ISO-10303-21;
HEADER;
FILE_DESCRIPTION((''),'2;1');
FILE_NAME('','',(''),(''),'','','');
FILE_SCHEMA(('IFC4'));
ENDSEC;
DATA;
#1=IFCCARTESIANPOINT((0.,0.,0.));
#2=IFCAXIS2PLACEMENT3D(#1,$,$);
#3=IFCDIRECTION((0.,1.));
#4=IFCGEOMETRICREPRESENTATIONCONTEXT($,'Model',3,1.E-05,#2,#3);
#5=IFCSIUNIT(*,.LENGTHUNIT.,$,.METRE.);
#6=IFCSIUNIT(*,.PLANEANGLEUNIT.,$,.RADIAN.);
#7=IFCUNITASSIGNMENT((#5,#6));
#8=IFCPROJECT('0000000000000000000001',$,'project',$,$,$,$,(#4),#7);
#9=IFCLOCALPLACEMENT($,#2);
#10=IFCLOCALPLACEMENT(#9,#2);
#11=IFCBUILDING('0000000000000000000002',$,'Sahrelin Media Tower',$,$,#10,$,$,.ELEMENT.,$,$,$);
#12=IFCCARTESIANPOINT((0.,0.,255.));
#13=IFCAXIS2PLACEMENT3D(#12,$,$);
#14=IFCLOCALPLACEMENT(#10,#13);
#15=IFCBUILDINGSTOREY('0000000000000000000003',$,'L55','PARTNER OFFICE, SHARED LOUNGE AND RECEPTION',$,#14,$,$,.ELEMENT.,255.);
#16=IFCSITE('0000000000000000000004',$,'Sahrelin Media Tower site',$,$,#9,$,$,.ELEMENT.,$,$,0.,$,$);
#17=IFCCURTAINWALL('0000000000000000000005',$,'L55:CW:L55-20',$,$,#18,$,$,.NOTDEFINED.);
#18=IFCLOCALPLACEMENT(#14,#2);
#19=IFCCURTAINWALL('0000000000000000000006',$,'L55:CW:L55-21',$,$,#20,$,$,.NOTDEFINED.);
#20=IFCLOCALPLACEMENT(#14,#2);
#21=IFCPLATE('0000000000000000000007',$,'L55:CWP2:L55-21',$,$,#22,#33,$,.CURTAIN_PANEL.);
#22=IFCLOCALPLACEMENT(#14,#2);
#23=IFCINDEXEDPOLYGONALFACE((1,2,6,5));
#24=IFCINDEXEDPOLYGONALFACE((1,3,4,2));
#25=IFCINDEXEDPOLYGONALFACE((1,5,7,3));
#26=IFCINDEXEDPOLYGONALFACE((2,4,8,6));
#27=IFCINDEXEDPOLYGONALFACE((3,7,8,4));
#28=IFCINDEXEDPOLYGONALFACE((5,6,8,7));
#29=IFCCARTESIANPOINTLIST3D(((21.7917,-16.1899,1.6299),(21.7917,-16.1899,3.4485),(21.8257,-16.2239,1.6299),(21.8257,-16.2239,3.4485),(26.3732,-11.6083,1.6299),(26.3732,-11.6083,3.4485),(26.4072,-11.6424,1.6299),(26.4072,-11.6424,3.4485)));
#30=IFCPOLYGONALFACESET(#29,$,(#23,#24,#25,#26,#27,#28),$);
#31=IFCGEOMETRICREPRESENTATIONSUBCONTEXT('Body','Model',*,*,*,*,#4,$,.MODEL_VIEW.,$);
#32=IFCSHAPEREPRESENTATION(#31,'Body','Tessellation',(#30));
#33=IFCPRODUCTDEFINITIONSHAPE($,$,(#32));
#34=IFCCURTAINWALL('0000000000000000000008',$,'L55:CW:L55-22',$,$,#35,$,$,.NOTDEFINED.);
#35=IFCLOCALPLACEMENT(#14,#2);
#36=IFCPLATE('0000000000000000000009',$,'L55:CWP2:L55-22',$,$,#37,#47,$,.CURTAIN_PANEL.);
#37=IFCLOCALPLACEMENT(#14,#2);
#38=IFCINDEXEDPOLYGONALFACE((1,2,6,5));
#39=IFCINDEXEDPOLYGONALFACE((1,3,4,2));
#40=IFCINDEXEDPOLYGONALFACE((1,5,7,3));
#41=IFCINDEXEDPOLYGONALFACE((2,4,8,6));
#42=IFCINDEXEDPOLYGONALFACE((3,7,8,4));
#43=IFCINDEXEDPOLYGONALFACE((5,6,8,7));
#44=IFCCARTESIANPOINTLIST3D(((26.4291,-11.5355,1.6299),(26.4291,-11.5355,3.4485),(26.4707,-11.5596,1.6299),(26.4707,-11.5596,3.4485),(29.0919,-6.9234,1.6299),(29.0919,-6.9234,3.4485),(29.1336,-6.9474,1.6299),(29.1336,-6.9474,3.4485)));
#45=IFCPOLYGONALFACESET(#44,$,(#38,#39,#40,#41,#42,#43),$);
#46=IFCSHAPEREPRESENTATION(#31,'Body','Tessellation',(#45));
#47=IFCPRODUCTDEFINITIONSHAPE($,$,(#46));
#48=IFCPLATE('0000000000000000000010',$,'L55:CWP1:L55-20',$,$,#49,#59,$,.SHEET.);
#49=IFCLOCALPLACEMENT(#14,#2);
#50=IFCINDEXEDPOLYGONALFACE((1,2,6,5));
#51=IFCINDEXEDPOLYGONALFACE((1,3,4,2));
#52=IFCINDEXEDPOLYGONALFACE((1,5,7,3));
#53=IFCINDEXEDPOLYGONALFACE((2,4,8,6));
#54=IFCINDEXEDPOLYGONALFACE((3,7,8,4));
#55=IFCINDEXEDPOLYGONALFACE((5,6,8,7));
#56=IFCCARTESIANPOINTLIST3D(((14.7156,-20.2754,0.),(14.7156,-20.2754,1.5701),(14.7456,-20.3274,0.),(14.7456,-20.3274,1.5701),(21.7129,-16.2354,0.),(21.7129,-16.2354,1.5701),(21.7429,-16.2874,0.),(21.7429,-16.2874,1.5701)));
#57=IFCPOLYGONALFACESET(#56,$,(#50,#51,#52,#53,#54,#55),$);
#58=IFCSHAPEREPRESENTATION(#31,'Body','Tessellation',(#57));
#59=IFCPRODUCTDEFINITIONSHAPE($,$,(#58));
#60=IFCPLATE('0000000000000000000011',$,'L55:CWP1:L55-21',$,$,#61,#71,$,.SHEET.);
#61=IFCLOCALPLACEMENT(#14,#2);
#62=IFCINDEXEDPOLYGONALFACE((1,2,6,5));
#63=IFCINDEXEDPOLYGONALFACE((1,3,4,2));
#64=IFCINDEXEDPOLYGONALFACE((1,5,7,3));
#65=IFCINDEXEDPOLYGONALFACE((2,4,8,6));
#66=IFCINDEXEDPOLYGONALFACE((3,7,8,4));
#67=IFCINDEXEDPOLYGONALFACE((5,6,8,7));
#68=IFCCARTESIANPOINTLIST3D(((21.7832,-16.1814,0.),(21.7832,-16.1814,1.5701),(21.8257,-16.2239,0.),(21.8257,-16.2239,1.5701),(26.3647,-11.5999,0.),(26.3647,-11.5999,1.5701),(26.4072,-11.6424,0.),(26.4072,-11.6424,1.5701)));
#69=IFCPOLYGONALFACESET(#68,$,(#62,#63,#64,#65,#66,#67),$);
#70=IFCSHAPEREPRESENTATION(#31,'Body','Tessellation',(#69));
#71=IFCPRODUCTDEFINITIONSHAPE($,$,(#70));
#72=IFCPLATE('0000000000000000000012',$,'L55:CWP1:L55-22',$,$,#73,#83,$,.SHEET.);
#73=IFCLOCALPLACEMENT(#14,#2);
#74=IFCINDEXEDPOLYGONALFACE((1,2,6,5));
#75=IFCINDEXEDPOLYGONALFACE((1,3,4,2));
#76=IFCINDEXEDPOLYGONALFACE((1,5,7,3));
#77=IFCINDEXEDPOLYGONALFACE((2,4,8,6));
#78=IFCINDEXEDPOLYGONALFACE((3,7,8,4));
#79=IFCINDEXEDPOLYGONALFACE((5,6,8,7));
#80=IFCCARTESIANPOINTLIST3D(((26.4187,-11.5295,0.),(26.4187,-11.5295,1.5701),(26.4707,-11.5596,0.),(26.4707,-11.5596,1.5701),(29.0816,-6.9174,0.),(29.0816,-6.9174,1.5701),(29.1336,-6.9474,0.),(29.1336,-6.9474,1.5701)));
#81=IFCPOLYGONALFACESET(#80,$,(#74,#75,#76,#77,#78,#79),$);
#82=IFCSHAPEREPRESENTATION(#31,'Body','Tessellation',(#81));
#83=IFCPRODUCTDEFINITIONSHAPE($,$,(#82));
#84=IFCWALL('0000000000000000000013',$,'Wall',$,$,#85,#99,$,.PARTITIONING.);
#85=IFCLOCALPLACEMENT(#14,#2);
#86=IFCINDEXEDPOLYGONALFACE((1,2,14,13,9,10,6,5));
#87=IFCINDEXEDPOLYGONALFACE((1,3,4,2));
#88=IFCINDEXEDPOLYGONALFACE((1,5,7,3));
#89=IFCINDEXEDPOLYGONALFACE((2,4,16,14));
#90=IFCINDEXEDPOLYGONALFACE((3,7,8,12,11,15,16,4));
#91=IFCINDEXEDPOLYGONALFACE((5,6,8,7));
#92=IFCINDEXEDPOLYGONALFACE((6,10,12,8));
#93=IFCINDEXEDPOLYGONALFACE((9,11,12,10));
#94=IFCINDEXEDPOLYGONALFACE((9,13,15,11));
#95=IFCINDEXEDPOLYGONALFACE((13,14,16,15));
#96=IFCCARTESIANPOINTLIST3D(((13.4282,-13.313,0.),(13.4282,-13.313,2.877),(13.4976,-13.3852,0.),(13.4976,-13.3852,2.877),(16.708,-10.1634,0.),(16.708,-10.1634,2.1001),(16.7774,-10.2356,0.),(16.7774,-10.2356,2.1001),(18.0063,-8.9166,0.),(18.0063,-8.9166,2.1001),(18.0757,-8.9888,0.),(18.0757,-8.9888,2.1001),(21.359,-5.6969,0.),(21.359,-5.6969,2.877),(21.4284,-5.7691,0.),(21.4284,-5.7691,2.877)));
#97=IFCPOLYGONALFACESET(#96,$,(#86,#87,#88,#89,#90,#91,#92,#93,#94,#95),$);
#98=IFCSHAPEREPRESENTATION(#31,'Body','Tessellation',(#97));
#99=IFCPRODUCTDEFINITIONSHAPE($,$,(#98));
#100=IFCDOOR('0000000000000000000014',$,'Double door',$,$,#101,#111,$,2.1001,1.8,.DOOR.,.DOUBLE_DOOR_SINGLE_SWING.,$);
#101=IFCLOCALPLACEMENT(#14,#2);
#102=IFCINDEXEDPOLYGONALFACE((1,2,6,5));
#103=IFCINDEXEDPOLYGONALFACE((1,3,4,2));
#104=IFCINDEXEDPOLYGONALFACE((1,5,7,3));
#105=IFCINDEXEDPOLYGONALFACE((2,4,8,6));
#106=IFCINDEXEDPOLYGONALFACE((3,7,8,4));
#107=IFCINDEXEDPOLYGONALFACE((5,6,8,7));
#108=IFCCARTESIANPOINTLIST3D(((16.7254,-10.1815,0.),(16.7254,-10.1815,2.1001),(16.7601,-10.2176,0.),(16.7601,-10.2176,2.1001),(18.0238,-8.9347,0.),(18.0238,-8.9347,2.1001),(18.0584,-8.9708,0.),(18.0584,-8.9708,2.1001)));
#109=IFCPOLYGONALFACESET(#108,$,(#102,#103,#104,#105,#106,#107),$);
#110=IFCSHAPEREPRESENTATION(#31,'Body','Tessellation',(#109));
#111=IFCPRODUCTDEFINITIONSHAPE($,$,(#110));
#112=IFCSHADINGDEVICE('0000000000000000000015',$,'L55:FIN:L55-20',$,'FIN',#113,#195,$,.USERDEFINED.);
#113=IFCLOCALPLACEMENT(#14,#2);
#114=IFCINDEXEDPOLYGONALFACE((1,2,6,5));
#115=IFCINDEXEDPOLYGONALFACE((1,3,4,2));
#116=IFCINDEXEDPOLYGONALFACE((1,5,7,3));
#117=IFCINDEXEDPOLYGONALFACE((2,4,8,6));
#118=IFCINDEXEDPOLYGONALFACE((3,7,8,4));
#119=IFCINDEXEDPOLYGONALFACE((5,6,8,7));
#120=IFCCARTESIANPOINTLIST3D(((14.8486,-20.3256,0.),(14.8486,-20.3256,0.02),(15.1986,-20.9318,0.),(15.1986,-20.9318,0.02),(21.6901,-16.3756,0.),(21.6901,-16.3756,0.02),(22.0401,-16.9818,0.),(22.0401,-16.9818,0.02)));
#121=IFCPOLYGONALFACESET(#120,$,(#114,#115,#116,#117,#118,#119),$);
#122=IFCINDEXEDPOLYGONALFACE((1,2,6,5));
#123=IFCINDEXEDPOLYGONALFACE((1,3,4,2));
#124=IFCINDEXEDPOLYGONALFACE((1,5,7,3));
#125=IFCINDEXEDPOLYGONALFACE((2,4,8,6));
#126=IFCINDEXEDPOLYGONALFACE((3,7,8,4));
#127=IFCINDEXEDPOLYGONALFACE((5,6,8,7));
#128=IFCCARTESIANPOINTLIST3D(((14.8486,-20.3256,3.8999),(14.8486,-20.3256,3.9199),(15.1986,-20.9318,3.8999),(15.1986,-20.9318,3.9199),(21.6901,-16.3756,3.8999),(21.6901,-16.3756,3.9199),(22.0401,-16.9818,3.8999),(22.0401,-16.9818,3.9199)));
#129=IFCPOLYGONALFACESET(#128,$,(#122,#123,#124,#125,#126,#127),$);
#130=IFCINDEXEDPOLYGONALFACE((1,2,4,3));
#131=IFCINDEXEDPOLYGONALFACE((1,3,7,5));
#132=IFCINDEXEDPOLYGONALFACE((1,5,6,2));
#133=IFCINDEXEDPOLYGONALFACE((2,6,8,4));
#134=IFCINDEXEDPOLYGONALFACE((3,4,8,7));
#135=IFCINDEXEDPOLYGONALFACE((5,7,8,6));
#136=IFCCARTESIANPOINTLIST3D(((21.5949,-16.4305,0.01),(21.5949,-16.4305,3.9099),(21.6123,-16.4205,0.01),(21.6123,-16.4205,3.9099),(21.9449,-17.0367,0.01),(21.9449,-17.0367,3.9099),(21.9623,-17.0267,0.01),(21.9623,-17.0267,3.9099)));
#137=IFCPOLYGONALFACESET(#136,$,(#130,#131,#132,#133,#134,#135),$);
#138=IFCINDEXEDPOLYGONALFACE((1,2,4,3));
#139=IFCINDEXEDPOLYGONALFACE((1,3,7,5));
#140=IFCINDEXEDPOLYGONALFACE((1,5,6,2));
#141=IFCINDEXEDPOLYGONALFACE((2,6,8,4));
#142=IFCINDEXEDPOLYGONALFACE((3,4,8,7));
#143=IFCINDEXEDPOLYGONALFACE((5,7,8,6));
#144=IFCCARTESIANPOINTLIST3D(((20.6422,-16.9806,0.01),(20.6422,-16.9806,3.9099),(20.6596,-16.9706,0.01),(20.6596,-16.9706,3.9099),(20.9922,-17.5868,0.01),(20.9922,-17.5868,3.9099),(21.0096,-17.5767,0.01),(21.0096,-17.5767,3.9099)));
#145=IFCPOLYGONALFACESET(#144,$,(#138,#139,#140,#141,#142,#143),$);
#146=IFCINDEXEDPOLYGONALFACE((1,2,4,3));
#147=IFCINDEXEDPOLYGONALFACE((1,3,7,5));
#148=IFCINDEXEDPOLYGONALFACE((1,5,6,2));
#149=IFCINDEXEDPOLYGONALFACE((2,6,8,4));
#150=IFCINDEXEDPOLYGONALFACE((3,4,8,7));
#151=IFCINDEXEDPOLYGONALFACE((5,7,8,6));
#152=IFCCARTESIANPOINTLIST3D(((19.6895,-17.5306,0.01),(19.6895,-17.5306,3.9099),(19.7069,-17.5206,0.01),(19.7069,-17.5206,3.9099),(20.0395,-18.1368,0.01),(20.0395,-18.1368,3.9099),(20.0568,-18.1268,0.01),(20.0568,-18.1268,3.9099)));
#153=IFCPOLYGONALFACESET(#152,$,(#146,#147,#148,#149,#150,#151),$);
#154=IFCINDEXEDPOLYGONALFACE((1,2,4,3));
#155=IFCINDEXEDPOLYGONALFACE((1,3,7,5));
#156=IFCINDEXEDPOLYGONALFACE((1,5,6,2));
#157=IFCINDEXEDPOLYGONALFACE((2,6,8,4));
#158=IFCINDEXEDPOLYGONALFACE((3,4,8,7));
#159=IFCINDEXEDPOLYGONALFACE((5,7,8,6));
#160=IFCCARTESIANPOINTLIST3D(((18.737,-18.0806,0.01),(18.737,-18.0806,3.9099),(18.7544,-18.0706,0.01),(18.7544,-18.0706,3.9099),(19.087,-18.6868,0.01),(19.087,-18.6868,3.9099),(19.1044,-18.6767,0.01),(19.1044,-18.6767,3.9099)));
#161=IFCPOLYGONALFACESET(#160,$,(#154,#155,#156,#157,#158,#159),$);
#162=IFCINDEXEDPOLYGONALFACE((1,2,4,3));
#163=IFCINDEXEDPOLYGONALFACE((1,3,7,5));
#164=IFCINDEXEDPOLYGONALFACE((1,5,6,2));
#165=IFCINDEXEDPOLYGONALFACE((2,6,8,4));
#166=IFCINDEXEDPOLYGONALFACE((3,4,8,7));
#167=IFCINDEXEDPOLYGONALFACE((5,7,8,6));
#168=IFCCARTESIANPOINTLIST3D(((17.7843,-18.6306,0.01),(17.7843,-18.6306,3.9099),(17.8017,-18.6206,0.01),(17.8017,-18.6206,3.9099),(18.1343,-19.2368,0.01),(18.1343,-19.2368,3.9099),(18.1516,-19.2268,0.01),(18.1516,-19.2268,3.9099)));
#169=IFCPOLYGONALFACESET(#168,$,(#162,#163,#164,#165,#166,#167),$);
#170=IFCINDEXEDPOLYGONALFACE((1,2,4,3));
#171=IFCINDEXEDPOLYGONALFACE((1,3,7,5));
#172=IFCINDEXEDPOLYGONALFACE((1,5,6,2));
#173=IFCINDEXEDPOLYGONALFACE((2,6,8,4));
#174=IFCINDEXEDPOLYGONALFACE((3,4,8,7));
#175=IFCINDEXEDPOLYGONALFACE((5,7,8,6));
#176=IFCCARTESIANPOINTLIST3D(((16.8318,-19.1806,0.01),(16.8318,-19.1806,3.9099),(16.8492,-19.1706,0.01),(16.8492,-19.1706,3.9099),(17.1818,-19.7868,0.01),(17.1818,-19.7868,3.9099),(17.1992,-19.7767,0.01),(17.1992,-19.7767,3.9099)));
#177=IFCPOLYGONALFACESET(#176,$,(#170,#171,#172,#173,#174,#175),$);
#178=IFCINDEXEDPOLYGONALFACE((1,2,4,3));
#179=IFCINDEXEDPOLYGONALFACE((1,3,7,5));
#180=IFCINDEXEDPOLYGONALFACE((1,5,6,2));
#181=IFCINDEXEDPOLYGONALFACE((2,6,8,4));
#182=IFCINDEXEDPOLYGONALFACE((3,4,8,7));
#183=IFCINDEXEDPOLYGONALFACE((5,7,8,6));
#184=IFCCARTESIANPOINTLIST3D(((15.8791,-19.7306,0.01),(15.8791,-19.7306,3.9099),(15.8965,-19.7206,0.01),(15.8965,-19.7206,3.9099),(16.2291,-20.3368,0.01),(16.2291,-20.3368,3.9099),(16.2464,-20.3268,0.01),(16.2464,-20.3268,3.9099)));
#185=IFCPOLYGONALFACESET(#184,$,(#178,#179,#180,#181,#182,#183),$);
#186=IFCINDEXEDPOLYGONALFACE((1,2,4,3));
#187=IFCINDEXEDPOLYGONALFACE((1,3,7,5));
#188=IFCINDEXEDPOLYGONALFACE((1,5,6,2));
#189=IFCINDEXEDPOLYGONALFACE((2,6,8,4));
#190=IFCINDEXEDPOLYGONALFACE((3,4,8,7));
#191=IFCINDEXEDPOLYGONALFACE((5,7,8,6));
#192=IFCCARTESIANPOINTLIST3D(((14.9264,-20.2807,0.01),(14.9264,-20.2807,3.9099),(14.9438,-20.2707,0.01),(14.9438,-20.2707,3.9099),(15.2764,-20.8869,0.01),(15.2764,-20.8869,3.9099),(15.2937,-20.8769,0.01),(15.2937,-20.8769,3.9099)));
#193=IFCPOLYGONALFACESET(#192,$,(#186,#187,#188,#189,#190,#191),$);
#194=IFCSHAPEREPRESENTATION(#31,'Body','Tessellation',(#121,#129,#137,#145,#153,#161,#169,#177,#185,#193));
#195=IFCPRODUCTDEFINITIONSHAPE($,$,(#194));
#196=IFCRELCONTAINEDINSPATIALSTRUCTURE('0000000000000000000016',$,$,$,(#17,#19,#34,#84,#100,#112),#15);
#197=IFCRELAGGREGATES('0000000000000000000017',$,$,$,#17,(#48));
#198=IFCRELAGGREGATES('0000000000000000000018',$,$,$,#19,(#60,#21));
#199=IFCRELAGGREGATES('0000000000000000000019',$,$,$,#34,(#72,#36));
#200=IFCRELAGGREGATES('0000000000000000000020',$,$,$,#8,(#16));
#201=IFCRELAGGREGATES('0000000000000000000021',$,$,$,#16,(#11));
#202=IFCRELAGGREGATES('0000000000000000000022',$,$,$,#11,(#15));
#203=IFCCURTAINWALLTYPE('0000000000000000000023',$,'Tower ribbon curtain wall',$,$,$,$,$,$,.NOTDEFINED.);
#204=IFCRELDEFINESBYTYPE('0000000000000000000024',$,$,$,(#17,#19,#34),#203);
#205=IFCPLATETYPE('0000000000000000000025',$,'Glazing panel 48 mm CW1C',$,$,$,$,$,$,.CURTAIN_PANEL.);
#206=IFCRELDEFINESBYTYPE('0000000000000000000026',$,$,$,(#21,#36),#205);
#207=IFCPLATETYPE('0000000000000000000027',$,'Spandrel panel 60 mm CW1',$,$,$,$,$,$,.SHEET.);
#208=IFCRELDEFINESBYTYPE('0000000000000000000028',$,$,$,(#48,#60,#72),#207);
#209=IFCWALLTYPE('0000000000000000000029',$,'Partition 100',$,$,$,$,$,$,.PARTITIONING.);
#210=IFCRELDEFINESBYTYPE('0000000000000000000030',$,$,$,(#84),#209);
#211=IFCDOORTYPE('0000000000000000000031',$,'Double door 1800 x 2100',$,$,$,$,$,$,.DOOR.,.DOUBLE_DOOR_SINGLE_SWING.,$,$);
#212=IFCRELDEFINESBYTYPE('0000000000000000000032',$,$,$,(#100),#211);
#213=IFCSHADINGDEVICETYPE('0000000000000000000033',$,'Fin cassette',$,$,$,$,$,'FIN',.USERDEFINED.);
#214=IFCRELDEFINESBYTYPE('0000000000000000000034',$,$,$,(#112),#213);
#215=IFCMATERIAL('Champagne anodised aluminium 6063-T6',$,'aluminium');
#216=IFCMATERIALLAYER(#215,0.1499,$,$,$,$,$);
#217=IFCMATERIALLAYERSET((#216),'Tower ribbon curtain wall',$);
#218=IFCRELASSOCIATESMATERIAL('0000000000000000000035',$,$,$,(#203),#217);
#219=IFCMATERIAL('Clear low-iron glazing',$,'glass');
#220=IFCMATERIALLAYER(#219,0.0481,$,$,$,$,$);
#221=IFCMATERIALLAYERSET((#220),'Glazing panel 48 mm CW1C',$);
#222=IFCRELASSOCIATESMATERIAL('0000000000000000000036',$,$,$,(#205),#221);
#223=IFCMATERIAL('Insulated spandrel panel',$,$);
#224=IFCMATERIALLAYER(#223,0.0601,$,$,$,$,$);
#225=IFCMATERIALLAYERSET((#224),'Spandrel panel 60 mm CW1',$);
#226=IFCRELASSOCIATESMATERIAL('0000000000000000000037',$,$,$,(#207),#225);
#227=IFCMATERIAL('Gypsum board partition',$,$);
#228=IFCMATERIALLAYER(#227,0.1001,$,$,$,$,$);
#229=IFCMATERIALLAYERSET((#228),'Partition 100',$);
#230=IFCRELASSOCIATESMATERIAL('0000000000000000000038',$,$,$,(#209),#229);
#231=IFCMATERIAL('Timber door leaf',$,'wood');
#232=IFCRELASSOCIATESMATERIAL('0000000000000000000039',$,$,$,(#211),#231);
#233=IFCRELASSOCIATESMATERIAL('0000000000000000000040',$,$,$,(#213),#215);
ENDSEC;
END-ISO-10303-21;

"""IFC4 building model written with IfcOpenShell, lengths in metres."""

from ifc_helpers import new_model, si_unit, direction, frame, frame_2d, origin, origin_2d, place, context, subcontext, project, spatial, polyline, rectangle, outline, extrude, material, layer, layer_set, type_object, element, fill, aggregate, save


model = new_model("IFC4")

# Units and contexts
model_context = context("Model", 3, precision=1e-05, world=origin(), true_north=direction((0.0, 1.0)))
body_context = subcontext(model_context, "Body", "Model", "MODEL_VIEW")
ifc_project = project(units=[si_unit("LENGTHUNIT", "METRE"), si_unit("PLANEANGLEUNIT", "RADIAN")], contexts=[model_context])

# Site, building, storey
site_placement = place(None, origin())
site = spatial("IfcSite", under=ifc_project, at=site_placement, Name="Sahrelin Media Tower site", CompositionType="ELEMENT", RefElevation=0.0)
building_placement = place(site_placement, origin())
building = spatial("IfcBuilding", under=site, at=building_placement, Name="Sahrelin Media Tower", CompositionType="ELEMENT")
storey_placement = place(building_placement, frame((0.0, 0.0, 255.0)))
storey = spatial("IfcBuildingStorey", under=building, at=storey_placement, Name="L55", Description="PARTNER OFFICE, SHARED LOUNGE AND RECEPTION", CompositionType="ELEMENT", Elevation=255.0)

# Curtain walls
ifc_material_1 = material(Name="Champagne anodised aluminium 6063-T6", Category="aluminium")
ifc_layer_1 = layer(ifc_material_1, 0.1499)
ifc_layer_set_1 = layer_set([ifc_layer_1], Name="Tower ribbon curtain wall")
curtain_wall_type = type_object("IfcCurtainWallType", Name="Tower ribbon curtain wall", PredefinedType="NOTDEFINED", material=ifc_layer_set_1)
curtain_wall_1_placement = place(storey_placement, frame((18.2344, -18.29, 0.0), z_axis=(0.0, 0.0, 1.0), x_axis=(1.0, 0.0, 0.0)))
curtain_wall_1 = element("IfcCurtainWall", 1, at=curtain_wall_1_placement, inside=storey, type_object=curtain_wall_type, Name="L55:CW:L55-20", PredefinedType="NOTDEFINED")
curtain_wall_2_placement = place(storey_placement, frame((24.1023, -13.9189, 0.0), z_axis=(0.0, 0.0, 1.0), x_axis=(1.0, 0.0, 0.0)))
curtain_wall_2 = element("IfcCurtainWall", 2, at=curtain_wall_2_placement, inside=storey, type_object=curtain_wall_type, Name="L55:CW:L55-21", PredefinedType="NOTDEFINED")

# Plate
ifc_material_2 = material(Name="Clear low-iron glazing", Category="glass")
ifc_layer_2 = layer(ifc_material_2, 0.0481)
ifc_layer_set_2 = layer_set([ifc_layer_2], Name="Glazing panel 48 mm CW1C")
plate_type_1 = type_object("IfcPlateType", Name="Glazing panel 48 mm CW1C", PredefinedType="CURTAIN_PANEL", material=ifc_layer_set_2)
plate_1_placement = place(storey_placement, frame((21.8257, -16.2239, 1.6299), z_axis=(0.707107, -0.707107, 0.0), x_axis=(0.707107, 0.707107, 0.0)))
plate_1 = element("IfcPlate", 3, at=plate_1_placement, type_object=plate_type_1, Name="L55:CWP2:L55-21", PredefinedType="CURTAIN_PANEL", context=body_context, shape_type="SweptSolid", body=[
    extrude(outline(polyline([(0.0, 0.0), (6.4792, 0.0), (6.4792, 1.8186), (0.0, 1.8186), (0.0, 0.0)])), origin(), (0.0, 0.0, -1.0), 0.0481),
])

# Curtain wall, plate
curtain_wall_3_placement = place(storey_placement, frame((27.7849, -9.2434, 0.0), z_axis=(0.0, 0.0, 1.0), x_axis=(1.0, 0.0, 0.0)))
curtain_wall_3 = element("IfcCurtainWall", 4, at=curtain_wall_3_placement, inside=storey, type_object=curtain_wall_type, Name="L55:CW:L55-22", PredefinedType="NOTDEFINED")
plate_2_placement = place(storey_placement, frame((26.4707, -11.5596, 1.6299), z_axis=(0.86602, -0.500009, 0.0), x_axis=(0.500009, 0.86602, 0.0)))
plate_2 = element("IfcPlate", 5, at=plate_2_placement, type_object=plate_type_1, Name="L55:CWP2:L55-22", PredefinedType="CURTAIN_PANEL", context=body_context, shape_type="SweptSolid", body=[
    extrude(outline(polyline([(0.0, 0.0), (5.3257, 0.0), (5.3257, 1.8186), (0.0, 1.8186), (0.0, 0.0)])), origin(), (0.0, 0.0, -1.0), 0.0481),
])

# Plates
ifc_material_3 = material(Name="Insulated spandrel panel")
ifc_layer_3 = layer(ifc_material_3, 0.0601)
ifc_layer_set_3 = layer_set([ifc_layer_3], Name="Spandrel panel 60 mm CW1")
plate_type_2 = type_object("IfcPlateType", Name="Spandrel panel 60 mm CW1", PredefinedType="SHEET", material=ifc_layer_set_3)
plate_3_placement = place(storey_placement, frame((14.7456, -20.3274, 0.0), z_axis=(0.500013, -0.866018, 0.0), x_axis=(0.866018, 0.500013, 0.0)))
plate_3 = element("IfcPlate", 6, at=plate_3_placement, type_object=plate_type_2, Name="L55:CWP1:L55-20", PredefinedType="SHEET", context=body_context, shape_type="SweptSolid", body=[
    extrude(outline(polyline([(0.0, 0.0), (8.0798, 0.0), (8.0798, 1.5701), (0.0, 1.5701), (0.0, 0.0)])), origin(), (0.0, 0.0, -1.0), 0.0601),
])
aggregate(curtain_wall_1, [plate_3])
plate_4_placement = place(storey_placement, frame((21.8257, -16.2239, 0.0), z_axis=(0.707107, -0.707107, 0.0), x_axis=(0.707107, 0.707107, 0.0)))
plate_4 = element("IfcPlate", 7, at=plate_4_placement, type_object=plate_type_2, Name="L55:CWP1:L55-21", PredefinedType="SHEET", context=body_context, shape_type="SweptSolid", body=[
    extrude(outline(polyline([(0.0, 0.0), (6.4792, 0.0), (6.4792, 1.5701), (0.0, 1.5701), (0.0, 0.0)])), origin(), (0.0, 0.0, -1.0), 0.0601),
])
aggregate(curtain_wall_2, [plate_4, plate_1])
plate_5_placement = place(storey_placement, frame((26.4707, -11.5596, 0.0), z_axis=(0.86602, -0.500009, 0.0), x_axis=(0.500009, 0.86602, 0.0)))
plate_5 = element("IfcPlate", 8, at=plate_5_placement, type_object=plate_type_2, Name="L55:CWP1:L55-22", PredefinedType="SHEET", context=body_context, shape_type="SweptSolid", body=[
    extrude(outline(polyline([(0.0, 0.0), (5.3257, 0.0), (5.3257, 1.5701), (0.0, 1.5701), (0.0, 0.0)])), origin(), (0.0, 0.0, -1.0), 0.0601),
])
aggregate(curtain_wall_3, [plate_5, plate_2])

# Wall, opening, door
ifc_material_4 = material(Name="Gypsum board partition")
ifc_layer_4 = layer(ifc_material_4, 0.1001)
ifc_layer_set_4 = layer_set([ifc_layer_4], Name="Partition 100")
wall_type = type_object("IfcWallType", Name="Partition 100", PredefinedType="PARTITIONING", material=ifc_layer_set_4)
wall_placement = place(storey_placement, frame((13.4629, -13.3491, 0.0), z_axis=(0.0, 0.0, 1.0), x_axis=(0.721272, 0.692652, 0.0)))
wall = element("IfcWall", 9, at=wall_placement, inside=storey, type_object=wall_type, Name="Wall", PredefinedType="PARTITIONING", context=body_context, shape_type="SweptSolid", body=[
    extrude(rectangle(XDim=10.9956, YDim=0.1001, at=frame_2d((5.4978, 0.0))), origin(), (0.0, 0.0, 1.0), 2.877),
])
opening_placement = place(wall_placement, frame((4.5474, 0.0, 0.0)))
opening = element("IfcOpeningElement", 10, at=opening_placement, cuts=wall, PredefinedType="OPENING", context=body_context, shape_type="SweptSolid", body=[
    extrude(rectangle(XDim=1.8, YDim=2.1001, at=frame_2d((0.8999, 1.05))), frame((0.0, 0.05, 0.0), z_axis=(0.0, -1.0, 0.0), x_axis=(1.0, 0.0, 0.0)), (0.0, 0.0, 1.0), 0.1001),
])
ifc_material_5 = material(Name="Timber door leaf", Category="wood")
door_type = type_object("IfcDoorType", Name="Double door 1800 x 2100", OperationType="DOUBLE_DOOR_SINGLE_SWING", PredefinedType="DOOR", material=ifc_material_5)
door_placement = place(opening_placement, origin())
door = element("IfcDoor", 11, at=door_placement, inside=storey, type_object=door_type, Name="Double door", OperationType="DOUBLE_DOOR_SINGLE_SWING", OverallHeight=2.1001, OverallWidth=1.8, PredefinedType="DOOR", context=body_context, shape_type="SweptSolid", body=[
    extrude(rectangle(XDim=1.8, YDim=2.1001, at=frame_2d((0.8999, 1.05))), frame((0.0, 0.0249, 0.0), z_axis=(0.0, -1.0, 0.0), x_axis=(1.0, 0.0, 0.0)), (0.0, 0.0, 1.0), 0.05),
])
fill(opening, door)

# Shading device
shading_device_type_1 = type_object("IfcShadingDeviceType", Name="Fin cassette", ElementType="FIN", PredefinedType="USERDEFINED", material=ifc_material_1)
placement_1 = place(storey_placement, frame((18.2344, -18.29, 0.0), z_axis=(0.0, 0.0, 1.0), x_axis=(-0.866019, -0.500011, 0.0)))
element("IfcShadingDevice", 12, at=placement_1, inside=storey, type_object=shading_device_type_1, Name="L55:FIN:L55-20", ObjectType="FIN", PredefinedType="USERDEFINED", context=body_context, shape_type="SweptSolid", body=[
    extrude(rectangle(XDim=7.8999, YDim=0.7, at=origin_2d()), frame((0.0, 0.4199, 0.0)), (0.0, 0.0, 1.0), 0.02),
    extrude(rectangle(XDim=7.8999, YDim=0.7, at=origin_2d()), frame((0.0, 0.4199, 3.8999)), (0.0, 0.0, 1.0), 0.02),
    extrude(rectangle(XDim=0.02, YDim=0.7, at=origin_2d()), frame((-3.8501, 0.4199, 0.01), z_axis=(0.0, 0.0, 1.0), x_axis=(1.0, 0.0, 0.0)), (0.0, 0.0, 1.0), 3.8999),
    extrude(rectangle(XDim=0.02, YDim=0.7, at=origin_2d()), frame((-2.75, 0.4199, 0.01), z_axis=(0.0, 0.0, 1.0), x_axis=(1.0, 0.0, 0.0)), (0.0, 0.0, 1.0), 3.8999),
    extrude(rectangle(XDim=0.02, YDim=0.7, at=origin_2d()), frame((-1.6499, 0.4199, 0.01), z_axis=(0.0, 0.0, 1.0), x_axis=(1.0, 0.0, 0.0)), (0.0, 0.0, 1.0), 3.8999),
    extrude(rectangle(XDim=0.02, YDim=0.7, at=origin_2d()), frame((-0.55, 0.4199, 0.01), z_axis=(0.0, 0.0, 1.0), x_axis=(1.0, 0.0, 0.0)), (0.0, 0.0, 1.0), 3.8999),
    extrude(rectangle(XDim=0.02, YDim=0.7, at=origin_2d()), frame((0.55, 0.4199, 0.01), z_axis=(0.0, 0.0, 1.0), x_axis=(1.0, 0.0, 0.0)), (0.0, 0.0, 1.0), 3.8999),
    extrude(rectangle(XDim=0.02, YDim=0.7, at=origin_2d()), frame((1.6499, 0.4199, 0.01), z_axis=(0.0, 0.0, 1.0), x_axis=(1.0, 0.0, 0.0)), (0.0, 0.0, 1.0), 3.8999),
    extrude(rectangle(XDim=0.02, YDim=0.7, at=origin_2d()), frame((2.75, 0.4199, 0.01), z_axis=(0.0, 0.0, 1.0), x_axis=(1.0, 0.0, 0.0)), (0.0, 0.0, 1.0), 3.8999),
    extrude(rectangle(XDim=0.02, YDim=0.7, at=origin_2d()), frame((3.8501, 0.4199, 0.01), z_axis=(0.0, 0.0, 1.0), x_axis=(1.0, 0.0, 0.0)), (0.0, 0.0, 1.0), 3.8999),
])

save(model, "model.ifc")
